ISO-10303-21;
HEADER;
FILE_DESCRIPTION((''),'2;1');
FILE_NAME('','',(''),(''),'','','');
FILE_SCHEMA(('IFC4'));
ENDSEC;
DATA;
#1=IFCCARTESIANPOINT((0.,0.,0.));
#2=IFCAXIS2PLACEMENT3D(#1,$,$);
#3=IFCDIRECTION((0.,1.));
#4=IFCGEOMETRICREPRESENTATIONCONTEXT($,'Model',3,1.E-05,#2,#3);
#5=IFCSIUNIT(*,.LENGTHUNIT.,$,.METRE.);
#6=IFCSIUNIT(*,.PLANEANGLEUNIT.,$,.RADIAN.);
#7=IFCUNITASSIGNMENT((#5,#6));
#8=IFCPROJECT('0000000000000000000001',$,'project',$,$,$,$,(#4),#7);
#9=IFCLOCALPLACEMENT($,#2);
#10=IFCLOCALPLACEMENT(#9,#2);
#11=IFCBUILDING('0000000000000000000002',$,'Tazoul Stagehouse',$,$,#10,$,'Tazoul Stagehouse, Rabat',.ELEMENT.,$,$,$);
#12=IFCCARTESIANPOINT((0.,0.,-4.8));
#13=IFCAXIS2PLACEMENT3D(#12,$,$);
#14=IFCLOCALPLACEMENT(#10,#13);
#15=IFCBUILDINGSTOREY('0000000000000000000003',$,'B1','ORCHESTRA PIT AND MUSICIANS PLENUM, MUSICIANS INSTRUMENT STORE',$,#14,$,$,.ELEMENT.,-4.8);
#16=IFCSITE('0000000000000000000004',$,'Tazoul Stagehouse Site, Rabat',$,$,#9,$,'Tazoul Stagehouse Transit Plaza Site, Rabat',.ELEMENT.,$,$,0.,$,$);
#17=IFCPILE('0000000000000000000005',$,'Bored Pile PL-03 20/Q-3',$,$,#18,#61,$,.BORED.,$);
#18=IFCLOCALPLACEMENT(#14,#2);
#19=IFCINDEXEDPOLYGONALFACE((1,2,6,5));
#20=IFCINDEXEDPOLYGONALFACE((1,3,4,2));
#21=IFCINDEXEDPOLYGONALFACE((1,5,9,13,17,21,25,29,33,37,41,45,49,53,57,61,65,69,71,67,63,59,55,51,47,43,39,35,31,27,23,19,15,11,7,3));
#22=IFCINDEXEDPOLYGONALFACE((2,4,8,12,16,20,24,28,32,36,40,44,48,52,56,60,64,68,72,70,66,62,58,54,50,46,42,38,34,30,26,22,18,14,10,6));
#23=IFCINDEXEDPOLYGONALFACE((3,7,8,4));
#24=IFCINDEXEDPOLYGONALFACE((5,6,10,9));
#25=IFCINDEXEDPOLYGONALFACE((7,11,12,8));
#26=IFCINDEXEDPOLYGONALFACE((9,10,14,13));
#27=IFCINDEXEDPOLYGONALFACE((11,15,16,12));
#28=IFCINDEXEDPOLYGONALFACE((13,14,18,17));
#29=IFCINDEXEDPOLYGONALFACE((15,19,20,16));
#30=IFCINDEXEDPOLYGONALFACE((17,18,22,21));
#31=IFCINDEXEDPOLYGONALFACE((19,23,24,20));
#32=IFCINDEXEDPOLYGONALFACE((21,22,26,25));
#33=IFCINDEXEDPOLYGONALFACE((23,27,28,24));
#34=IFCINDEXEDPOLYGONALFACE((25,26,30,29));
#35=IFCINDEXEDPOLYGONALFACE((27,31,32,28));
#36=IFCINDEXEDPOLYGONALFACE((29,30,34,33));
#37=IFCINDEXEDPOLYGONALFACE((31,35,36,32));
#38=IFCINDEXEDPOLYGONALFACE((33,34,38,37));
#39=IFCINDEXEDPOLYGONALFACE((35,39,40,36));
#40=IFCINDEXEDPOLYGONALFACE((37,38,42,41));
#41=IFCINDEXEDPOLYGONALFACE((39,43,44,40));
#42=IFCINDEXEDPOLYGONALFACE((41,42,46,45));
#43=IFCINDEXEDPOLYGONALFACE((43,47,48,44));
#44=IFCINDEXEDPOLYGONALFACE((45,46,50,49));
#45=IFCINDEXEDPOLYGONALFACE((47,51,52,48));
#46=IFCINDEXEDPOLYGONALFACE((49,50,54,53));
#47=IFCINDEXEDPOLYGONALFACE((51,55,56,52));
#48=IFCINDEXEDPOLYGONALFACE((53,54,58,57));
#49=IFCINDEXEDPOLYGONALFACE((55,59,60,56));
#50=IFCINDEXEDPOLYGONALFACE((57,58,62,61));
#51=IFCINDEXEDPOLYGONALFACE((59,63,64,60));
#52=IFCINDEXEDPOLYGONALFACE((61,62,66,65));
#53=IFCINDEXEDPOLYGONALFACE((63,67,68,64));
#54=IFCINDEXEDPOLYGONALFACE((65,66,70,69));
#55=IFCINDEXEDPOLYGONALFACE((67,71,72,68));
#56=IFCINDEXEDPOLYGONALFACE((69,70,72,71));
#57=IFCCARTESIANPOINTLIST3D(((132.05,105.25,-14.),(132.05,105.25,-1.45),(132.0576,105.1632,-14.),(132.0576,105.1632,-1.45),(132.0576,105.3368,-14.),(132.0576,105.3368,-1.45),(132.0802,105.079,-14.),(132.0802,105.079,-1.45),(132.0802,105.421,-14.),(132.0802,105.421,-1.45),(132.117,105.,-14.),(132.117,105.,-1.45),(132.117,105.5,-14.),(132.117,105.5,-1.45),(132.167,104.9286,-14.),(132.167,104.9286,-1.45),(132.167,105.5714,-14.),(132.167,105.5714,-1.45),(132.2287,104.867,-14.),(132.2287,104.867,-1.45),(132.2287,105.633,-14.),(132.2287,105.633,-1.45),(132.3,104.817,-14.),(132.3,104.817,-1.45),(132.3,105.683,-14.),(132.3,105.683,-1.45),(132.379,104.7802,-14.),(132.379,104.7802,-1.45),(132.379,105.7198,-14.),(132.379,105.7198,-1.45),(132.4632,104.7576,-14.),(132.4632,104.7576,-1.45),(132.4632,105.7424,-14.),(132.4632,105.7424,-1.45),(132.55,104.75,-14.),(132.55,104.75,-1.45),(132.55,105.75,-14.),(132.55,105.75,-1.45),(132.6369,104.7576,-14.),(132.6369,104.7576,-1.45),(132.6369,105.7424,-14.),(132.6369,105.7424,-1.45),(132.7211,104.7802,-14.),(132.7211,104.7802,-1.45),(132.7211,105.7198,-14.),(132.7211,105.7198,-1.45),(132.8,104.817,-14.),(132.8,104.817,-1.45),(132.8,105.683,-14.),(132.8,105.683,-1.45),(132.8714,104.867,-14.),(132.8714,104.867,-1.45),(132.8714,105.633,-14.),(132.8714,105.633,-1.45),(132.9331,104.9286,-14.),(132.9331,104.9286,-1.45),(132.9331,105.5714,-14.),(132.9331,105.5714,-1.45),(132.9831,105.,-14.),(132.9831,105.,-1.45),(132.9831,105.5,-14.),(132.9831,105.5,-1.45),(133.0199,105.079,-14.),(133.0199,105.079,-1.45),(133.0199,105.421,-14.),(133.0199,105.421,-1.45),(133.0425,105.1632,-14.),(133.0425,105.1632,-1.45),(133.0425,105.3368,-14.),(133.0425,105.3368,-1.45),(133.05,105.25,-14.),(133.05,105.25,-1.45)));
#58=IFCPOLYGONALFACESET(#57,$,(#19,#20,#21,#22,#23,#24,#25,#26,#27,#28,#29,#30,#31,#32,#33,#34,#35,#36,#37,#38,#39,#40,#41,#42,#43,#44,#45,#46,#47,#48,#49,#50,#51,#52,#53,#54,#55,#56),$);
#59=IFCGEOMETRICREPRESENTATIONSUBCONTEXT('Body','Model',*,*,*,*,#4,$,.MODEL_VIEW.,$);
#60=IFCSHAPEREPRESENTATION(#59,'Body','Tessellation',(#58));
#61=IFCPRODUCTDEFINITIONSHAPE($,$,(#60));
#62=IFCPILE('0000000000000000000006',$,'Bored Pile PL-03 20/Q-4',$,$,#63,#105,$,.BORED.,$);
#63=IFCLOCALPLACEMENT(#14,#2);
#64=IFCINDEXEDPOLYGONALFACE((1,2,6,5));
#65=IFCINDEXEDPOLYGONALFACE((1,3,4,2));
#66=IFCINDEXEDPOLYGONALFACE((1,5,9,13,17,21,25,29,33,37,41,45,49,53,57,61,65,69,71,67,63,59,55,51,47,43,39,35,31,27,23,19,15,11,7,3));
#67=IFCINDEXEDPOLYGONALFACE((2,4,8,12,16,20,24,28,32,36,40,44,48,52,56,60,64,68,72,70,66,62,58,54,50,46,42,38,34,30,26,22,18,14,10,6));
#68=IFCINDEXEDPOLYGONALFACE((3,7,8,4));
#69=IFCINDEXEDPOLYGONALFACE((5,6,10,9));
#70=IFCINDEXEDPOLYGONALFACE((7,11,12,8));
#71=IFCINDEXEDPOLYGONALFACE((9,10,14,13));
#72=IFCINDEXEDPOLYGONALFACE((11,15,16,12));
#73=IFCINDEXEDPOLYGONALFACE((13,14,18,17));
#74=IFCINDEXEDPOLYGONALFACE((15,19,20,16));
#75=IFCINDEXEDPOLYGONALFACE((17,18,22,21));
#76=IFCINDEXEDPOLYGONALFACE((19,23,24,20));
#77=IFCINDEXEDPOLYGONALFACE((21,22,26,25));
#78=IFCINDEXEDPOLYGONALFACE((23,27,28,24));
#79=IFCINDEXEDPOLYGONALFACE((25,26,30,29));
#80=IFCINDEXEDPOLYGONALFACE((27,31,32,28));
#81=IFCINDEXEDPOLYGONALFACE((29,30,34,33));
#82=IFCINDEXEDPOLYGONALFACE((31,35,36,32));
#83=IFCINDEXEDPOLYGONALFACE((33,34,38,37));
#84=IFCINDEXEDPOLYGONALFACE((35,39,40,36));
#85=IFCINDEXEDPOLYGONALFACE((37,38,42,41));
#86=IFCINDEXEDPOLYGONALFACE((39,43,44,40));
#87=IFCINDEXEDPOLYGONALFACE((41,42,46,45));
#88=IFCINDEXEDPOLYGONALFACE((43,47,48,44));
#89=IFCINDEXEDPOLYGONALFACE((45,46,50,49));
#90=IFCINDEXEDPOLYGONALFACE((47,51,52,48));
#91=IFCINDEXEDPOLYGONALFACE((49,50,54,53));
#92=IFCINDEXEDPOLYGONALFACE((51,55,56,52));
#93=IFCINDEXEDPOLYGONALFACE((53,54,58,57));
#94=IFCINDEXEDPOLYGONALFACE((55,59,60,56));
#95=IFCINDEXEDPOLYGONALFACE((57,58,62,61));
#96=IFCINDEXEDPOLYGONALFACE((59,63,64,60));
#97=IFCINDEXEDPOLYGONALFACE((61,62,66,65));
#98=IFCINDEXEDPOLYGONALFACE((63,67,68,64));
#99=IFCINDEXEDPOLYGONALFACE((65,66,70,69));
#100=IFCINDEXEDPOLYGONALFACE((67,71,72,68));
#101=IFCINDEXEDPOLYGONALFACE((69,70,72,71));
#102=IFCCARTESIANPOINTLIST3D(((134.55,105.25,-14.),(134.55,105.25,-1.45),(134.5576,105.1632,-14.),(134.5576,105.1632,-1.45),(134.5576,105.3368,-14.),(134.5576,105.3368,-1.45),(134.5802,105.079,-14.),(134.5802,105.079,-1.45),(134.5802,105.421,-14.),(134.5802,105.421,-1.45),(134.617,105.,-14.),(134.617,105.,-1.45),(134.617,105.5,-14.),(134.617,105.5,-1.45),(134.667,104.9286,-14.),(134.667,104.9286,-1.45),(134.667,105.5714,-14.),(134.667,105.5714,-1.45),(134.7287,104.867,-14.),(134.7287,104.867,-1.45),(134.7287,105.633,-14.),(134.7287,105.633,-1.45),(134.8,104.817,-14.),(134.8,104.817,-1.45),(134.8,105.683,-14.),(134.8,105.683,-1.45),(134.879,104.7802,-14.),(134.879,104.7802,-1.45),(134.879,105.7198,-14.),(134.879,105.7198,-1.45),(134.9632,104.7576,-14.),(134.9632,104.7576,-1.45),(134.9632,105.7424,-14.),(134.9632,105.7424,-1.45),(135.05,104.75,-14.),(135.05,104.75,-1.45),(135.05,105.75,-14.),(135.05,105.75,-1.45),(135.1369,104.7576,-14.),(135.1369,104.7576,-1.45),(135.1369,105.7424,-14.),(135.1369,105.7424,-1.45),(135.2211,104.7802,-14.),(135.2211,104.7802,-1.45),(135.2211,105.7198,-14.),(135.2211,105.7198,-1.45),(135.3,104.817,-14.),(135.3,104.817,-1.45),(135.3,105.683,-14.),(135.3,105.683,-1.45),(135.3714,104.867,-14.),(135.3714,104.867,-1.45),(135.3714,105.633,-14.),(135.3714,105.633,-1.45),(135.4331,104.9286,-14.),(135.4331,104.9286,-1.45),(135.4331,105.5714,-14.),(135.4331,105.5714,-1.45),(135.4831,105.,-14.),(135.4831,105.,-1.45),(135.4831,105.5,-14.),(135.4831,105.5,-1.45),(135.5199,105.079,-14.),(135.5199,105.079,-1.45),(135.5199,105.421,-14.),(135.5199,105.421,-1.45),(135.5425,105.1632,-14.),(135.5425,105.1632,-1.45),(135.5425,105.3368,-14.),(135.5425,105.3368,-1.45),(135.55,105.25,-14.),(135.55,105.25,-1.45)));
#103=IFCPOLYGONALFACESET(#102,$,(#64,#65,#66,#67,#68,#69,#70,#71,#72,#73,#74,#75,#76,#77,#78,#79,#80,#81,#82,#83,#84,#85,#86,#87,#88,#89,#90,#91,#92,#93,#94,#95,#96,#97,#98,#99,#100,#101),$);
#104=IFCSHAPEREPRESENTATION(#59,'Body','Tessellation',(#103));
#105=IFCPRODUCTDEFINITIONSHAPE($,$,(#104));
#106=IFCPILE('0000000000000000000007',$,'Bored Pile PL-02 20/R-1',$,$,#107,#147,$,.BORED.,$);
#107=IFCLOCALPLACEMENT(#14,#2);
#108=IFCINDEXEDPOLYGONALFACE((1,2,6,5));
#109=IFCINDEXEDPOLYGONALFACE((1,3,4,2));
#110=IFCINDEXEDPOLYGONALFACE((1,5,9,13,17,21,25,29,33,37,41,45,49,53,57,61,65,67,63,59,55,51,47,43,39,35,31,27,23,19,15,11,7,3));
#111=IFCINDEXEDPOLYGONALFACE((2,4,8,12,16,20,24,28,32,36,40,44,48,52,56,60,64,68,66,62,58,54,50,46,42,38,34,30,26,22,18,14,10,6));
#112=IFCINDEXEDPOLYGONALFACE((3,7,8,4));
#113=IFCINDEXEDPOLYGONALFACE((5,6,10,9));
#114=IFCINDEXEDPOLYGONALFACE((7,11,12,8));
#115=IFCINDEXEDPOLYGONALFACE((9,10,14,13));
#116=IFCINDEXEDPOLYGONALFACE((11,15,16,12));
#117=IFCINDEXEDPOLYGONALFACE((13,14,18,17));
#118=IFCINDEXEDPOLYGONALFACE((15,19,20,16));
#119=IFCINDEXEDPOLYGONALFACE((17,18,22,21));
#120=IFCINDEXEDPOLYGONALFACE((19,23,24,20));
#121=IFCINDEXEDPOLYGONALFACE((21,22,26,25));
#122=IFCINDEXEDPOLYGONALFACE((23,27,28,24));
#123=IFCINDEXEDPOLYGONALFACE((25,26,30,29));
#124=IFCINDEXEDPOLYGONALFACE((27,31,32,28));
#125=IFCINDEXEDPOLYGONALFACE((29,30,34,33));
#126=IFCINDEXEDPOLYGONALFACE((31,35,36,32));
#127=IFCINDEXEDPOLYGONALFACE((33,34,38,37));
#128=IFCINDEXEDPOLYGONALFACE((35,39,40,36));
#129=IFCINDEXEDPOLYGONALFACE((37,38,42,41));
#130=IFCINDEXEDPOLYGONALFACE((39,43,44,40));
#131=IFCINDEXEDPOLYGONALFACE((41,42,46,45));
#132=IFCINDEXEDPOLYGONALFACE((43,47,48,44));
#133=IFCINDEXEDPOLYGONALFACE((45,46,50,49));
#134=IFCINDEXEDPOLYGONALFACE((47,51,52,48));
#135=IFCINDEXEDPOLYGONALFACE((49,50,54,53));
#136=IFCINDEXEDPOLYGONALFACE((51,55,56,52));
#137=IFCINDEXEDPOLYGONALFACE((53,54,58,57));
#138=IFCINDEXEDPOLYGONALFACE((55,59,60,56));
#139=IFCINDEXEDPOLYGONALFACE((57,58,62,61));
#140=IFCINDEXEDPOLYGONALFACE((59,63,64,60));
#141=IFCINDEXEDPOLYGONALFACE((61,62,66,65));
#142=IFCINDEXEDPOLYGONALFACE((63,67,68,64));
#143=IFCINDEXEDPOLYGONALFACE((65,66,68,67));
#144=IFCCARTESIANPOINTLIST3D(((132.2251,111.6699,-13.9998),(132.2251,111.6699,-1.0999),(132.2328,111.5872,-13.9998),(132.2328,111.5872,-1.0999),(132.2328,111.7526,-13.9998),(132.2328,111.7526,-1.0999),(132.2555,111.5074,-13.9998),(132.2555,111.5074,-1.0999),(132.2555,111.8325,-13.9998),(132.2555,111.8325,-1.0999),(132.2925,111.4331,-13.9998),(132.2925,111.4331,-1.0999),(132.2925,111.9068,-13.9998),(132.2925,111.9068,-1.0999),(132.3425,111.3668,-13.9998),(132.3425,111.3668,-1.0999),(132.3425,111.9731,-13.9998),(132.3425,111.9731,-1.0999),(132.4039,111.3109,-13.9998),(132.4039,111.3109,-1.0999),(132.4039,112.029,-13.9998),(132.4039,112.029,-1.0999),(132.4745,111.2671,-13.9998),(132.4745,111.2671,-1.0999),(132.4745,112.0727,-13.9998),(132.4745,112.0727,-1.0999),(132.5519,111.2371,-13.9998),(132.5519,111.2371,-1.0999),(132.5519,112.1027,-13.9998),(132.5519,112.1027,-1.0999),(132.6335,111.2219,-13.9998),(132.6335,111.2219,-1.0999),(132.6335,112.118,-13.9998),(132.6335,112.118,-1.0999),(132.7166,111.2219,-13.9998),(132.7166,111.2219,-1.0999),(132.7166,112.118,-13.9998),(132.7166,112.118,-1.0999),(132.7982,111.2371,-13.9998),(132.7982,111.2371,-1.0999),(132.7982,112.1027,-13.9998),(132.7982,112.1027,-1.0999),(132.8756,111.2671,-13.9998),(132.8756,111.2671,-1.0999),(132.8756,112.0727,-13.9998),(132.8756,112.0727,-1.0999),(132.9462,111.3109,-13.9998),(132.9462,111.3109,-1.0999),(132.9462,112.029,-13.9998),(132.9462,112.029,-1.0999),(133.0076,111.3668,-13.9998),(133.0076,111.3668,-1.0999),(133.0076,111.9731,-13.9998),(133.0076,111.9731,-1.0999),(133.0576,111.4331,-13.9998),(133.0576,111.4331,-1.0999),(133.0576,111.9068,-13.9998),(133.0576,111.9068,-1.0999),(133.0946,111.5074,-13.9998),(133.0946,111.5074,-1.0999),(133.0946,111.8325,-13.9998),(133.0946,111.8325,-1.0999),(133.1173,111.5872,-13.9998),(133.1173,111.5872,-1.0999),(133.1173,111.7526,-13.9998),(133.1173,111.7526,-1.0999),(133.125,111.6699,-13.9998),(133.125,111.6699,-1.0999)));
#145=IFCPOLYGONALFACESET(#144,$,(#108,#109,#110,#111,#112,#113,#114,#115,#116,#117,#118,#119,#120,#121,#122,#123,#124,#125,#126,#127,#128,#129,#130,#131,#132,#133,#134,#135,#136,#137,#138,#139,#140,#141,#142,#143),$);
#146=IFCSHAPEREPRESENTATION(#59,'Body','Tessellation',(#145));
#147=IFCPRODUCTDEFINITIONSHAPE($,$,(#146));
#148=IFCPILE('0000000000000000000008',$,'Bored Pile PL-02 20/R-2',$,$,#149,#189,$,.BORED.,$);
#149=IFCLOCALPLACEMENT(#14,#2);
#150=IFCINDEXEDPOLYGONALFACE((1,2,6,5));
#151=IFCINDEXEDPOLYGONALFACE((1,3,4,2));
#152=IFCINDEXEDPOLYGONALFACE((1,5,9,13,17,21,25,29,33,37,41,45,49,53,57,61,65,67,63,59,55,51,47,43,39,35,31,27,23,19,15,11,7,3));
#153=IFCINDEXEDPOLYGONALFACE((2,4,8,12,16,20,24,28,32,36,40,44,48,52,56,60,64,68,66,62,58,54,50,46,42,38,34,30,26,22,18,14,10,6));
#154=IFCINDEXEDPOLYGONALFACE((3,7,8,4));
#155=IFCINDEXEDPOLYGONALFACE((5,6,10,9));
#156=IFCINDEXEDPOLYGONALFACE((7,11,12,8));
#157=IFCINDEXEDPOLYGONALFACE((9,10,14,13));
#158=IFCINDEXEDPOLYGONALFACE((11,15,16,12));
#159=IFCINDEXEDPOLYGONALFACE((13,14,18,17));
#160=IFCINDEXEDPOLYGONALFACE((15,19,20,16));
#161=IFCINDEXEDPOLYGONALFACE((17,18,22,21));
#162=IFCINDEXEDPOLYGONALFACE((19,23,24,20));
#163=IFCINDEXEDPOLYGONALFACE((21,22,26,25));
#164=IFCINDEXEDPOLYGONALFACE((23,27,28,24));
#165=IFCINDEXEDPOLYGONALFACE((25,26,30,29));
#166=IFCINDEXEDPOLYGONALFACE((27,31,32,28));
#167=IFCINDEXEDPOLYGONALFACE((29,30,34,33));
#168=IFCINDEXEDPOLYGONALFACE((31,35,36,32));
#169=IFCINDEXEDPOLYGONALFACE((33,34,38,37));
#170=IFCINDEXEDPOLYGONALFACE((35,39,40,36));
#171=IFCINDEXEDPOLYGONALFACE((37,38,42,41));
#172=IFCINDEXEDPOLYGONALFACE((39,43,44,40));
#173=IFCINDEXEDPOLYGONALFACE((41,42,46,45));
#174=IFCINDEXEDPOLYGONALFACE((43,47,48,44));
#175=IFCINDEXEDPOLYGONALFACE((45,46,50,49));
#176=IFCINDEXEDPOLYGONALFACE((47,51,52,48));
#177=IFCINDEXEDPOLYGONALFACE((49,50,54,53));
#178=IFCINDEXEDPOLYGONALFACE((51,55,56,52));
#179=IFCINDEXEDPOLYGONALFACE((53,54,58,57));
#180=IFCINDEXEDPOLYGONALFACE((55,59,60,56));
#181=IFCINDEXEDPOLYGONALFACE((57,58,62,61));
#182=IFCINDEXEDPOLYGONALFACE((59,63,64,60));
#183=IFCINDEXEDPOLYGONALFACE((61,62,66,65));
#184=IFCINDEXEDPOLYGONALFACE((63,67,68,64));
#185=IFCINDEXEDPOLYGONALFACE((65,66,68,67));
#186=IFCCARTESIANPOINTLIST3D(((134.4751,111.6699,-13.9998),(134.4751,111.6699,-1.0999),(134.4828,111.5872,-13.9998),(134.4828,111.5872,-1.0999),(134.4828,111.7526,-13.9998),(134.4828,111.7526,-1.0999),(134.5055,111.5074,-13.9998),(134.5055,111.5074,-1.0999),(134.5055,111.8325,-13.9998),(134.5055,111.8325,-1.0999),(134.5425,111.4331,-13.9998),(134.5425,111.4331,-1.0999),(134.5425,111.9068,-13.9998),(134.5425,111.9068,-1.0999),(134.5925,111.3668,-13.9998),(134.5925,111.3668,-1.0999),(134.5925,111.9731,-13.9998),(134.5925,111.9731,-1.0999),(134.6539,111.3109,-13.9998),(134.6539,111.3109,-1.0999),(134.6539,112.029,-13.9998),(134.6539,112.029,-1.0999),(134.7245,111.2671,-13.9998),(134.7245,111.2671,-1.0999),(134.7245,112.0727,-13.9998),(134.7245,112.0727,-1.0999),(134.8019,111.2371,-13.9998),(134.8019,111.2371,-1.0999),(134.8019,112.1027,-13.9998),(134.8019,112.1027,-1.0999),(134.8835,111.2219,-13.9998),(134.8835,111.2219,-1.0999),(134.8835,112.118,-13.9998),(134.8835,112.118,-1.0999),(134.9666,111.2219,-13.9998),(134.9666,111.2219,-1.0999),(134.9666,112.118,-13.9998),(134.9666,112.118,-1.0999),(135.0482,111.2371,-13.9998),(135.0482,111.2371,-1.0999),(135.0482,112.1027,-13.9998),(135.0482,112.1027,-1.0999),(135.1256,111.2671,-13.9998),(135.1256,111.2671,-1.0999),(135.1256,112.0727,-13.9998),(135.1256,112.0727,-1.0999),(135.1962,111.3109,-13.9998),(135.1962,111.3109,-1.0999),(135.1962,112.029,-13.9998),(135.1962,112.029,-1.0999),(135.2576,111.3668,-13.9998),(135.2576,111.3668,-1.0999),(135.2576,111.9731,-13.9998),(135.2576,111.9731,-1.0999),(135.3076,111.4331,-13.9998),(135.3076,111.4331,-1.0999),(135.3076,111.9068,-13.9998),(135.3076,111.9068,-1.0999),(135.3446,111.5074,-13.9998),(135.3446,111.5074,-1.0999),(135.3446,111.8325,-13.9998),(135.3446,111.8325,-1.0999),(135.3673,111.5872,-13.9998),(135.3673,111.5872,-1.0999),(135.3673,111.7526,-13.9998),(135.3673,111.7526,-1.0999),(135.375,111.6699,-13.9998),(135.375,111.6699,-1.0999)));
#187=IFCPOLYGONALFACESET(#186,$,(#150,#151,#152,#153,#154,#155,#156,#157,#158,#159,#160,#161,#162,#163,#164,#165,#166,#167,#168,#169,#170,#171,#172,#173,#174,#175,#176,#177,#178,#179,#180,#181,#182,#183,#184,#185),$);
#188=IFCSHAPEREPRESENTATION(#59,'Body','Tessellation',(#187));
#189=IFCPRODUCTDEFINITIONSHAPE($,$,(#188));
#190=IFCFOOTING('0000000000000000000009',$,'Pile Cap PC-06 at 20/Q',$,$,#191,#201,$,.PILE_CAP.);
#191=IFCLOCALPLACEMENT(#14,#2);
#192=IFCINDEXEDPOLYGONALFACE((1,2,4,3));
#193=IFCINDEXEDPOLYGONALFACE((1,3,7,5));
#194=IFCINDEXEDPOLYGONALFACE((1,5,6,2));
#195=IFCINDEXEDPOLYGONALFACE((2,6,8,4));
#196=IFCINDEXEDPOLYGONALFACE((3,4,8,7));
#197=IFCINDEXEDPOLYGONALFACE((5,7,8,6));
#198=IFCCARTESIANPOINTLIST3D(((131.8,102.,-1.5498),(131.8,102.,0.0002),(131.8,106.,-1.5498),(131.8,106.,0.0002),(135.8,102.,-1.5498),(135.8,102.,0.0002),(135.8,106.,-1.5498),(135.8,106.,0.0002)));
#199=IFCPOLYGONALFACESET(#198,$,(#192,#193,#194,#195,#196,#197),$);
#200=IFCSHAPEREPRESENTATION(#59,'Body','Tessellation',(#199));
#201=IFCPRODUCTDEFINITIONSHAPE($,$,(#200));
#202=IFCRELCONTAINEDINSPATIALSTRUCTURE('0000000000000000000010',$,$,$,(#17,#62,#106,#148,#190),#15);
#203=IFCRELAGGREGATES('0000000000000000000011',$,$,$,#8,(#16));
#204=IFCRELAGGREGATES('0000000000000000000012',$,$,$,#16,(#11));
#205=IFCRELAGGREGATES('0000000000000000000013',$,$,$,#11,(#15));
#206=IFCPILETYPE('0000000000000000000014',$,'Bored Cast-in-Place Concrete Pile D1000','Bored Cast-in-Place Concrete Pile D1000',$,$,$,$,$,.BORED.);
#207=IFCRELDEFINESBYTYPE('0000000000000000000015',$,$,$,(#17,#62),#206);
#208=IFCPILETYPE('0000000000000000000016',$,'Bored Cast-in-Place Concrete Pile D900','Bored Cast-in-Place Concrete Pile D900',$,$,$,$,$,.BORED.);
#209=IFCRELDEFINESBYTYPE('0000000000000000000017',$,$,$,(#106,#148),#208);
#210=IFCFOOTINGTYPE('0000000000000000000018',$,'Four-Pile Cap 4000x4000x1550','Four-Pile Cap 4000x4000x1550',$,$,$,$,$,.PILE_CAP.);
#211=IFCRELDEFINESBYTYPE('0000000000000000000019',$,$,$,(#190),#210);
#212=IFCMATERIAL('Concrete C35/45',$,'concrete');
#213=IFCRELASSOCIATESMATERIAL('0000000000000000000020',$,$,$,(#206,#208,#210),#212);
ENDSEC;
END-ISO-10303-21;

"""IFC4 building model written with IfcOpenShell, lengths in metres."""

from ifc_helpers import new_model, si_unit, direction, frame, origin, origin_2d, place, context, subcontext, project, spatial, rectangle, circle, extrude, material, material_profile, profile_set, type_object, element, save


model = new_model("IFC4")

# Units and contexts
model_context = context("Model", 3, precision=1e-05, world=origin(), true_north=direction((0.0, 1.0)))
body_context = subcontext(model_context, "Body", "Model", "MODEL_VIEW")
ifc_project = project(units=[si_unit("LENGTHUNIT", "METRE"), si_unit("PLANEANGLEUNIT", "RADIAN")], contexts=[model_context])

# Site, building, storey
site_placement = place(None, origin())
site = spatial("IfcSite", under=ifc_project, at=site_placement, Name="Tazoul Stagehouse Site, Rabat", LongName="Tazoul Stagehouse Transit Plaza Site, Rabat", CompositionType="ELEMENT", RefElevation=0.0)
building_placement = place(site_placement, origin())
building = spatial("IfcBuilding", under=site, at=building_placement, Name="Tazoul Stagehouse", LongName="Tazoul Stagehouse, Rabat", CompositionType="ELEMENT")
storey_placement = place(building_placement, frame((0.0, 0.0, -4.8)))
storey = spatial("IfcBuildingStorey", under=building, at=storey_placement, Name="B1", Description="ORCHESTRA PIT AND MUSICIANS PLENUM, MUSICIANS INSTRUMENT STORE", CompositionType="ELEMENT", Elevation=-4.8)

# Piles
ifc_material_1 = material(Name="Concrete C35/45", Category="concrete")
ifc_material_profile_1 = material_profile(ifc_material_1, circle(Radius=0.5, at=origin_2d()), Name="BORED PILE 1000")
ifc_profile_set_1 = profile_set([ifc_material_profile_1], Name="Concrete C35/45")
pile_type_1 = type_object("IfcPileType", Name="Bored Cast-in-Place Concrete Pile D1000", Description="Bored Cast-in-Place Concrete Pile D1000", PredefinedType="BORED", material=ifc_profile_set_1)
for number, where, z_axis, x_axis, name in (
    (1, (132.55, 105.25, -1.45), (0.0, 0.0, -1.0), (1.0, 0.0, 0.0), "Bored Pile PL-03 20/Q-3"),
    (2, (135.05, 105.25, -1.45), (0.0, 0.0, -1.0), (1.0, 0.0, 0.0), "Bored Pile PL-03 20/Q-4"),
):
    element("IfcPile", number, at=place(storey_placement, frame(where, z_axis=z_axis, x_axis=x_axis)), inside=storey, type_object=pile_type_1, Name=name, PredefinedType="BORED", context=body_context, shape_type="SweptSolid", body=[
        extrude(circle(Radius=0.5, at=origin_2d()), origin(), (0.0, 0.0, 1.0), 12.55),
    ])
ifc_material_profile_2 = material_profile(ifc_material_1, circle(Radius=0.45, at=origin_2d()), Name="BORED PILE 900")
ifc_profile_set_2 = profile_set([ifc_material_profile_2], Name="Concrete C35/45")
pile_type_2 = type_object("IfcPileType", Name="Bored Cast-in-Place Concrete Pile D900", Description="Bored Cast-in-Place Concrete Pile D900", PredefinedType="BORED", material=ifc_profile_set_2)
for number, where, z_axis, x_axis, name in (
    (3, (132.675, 111.6699, -1.0999), (0.0, 0.0, -1.0), (1.0, 0.0, 0.0), "Bored Pile PL-02 20/R-1"),
    (4, (134.925, 111.6699, -1.0999), (0.0, 0.0, -1.0), (1.0, 0.0, 0.0), "Bored Pile PL-02 20/R-2"),
):
    element("IfcPile", number, at=place(storey_placement, frame(where, z_axis=z_axis, x_axis=x_axis)), inside=storey, type_object=pile_type_2, Name=name, PredefinedType="BORED", context=body_context, shape_type="SweptSolid", body=[
        extrude(circle(Radius=0.45, at=origin_2d()), origin(), (0.0, 0.0, 1.0), 12.8999),
    ])

# Footing
footing_type_1 = type_object("IfcFootingType", Name="Four-Pile Cap 4000x4000x1550", Description="Four-Pile Cap 4000x4000x1550", PredefinedType="PILE_CAP", material=ifc_material_1)
footing_1_placement = place(storey_placement, frame((133.8, 104.0, -1.5498), z_axis=(0.0, 0.0, 1.0), x_axis=(1.0, 0.0, 0.0)))
element("IfcFooting", 5, at=footing_1_placement, inside=storey, type_object=footing_type_1, Name="Pile Cap PC-06 at 20/Q", PredefinedType="PILE_CAP", context=body_context, shape_type="SweptSolid", body=[
    extrude(rectangle(XDim=4.0, YDim=4.0, at=origin_2d()), origin(), (0.0, 0.0, 1.0), 1.55),
])

save(model, "model.ifc")
